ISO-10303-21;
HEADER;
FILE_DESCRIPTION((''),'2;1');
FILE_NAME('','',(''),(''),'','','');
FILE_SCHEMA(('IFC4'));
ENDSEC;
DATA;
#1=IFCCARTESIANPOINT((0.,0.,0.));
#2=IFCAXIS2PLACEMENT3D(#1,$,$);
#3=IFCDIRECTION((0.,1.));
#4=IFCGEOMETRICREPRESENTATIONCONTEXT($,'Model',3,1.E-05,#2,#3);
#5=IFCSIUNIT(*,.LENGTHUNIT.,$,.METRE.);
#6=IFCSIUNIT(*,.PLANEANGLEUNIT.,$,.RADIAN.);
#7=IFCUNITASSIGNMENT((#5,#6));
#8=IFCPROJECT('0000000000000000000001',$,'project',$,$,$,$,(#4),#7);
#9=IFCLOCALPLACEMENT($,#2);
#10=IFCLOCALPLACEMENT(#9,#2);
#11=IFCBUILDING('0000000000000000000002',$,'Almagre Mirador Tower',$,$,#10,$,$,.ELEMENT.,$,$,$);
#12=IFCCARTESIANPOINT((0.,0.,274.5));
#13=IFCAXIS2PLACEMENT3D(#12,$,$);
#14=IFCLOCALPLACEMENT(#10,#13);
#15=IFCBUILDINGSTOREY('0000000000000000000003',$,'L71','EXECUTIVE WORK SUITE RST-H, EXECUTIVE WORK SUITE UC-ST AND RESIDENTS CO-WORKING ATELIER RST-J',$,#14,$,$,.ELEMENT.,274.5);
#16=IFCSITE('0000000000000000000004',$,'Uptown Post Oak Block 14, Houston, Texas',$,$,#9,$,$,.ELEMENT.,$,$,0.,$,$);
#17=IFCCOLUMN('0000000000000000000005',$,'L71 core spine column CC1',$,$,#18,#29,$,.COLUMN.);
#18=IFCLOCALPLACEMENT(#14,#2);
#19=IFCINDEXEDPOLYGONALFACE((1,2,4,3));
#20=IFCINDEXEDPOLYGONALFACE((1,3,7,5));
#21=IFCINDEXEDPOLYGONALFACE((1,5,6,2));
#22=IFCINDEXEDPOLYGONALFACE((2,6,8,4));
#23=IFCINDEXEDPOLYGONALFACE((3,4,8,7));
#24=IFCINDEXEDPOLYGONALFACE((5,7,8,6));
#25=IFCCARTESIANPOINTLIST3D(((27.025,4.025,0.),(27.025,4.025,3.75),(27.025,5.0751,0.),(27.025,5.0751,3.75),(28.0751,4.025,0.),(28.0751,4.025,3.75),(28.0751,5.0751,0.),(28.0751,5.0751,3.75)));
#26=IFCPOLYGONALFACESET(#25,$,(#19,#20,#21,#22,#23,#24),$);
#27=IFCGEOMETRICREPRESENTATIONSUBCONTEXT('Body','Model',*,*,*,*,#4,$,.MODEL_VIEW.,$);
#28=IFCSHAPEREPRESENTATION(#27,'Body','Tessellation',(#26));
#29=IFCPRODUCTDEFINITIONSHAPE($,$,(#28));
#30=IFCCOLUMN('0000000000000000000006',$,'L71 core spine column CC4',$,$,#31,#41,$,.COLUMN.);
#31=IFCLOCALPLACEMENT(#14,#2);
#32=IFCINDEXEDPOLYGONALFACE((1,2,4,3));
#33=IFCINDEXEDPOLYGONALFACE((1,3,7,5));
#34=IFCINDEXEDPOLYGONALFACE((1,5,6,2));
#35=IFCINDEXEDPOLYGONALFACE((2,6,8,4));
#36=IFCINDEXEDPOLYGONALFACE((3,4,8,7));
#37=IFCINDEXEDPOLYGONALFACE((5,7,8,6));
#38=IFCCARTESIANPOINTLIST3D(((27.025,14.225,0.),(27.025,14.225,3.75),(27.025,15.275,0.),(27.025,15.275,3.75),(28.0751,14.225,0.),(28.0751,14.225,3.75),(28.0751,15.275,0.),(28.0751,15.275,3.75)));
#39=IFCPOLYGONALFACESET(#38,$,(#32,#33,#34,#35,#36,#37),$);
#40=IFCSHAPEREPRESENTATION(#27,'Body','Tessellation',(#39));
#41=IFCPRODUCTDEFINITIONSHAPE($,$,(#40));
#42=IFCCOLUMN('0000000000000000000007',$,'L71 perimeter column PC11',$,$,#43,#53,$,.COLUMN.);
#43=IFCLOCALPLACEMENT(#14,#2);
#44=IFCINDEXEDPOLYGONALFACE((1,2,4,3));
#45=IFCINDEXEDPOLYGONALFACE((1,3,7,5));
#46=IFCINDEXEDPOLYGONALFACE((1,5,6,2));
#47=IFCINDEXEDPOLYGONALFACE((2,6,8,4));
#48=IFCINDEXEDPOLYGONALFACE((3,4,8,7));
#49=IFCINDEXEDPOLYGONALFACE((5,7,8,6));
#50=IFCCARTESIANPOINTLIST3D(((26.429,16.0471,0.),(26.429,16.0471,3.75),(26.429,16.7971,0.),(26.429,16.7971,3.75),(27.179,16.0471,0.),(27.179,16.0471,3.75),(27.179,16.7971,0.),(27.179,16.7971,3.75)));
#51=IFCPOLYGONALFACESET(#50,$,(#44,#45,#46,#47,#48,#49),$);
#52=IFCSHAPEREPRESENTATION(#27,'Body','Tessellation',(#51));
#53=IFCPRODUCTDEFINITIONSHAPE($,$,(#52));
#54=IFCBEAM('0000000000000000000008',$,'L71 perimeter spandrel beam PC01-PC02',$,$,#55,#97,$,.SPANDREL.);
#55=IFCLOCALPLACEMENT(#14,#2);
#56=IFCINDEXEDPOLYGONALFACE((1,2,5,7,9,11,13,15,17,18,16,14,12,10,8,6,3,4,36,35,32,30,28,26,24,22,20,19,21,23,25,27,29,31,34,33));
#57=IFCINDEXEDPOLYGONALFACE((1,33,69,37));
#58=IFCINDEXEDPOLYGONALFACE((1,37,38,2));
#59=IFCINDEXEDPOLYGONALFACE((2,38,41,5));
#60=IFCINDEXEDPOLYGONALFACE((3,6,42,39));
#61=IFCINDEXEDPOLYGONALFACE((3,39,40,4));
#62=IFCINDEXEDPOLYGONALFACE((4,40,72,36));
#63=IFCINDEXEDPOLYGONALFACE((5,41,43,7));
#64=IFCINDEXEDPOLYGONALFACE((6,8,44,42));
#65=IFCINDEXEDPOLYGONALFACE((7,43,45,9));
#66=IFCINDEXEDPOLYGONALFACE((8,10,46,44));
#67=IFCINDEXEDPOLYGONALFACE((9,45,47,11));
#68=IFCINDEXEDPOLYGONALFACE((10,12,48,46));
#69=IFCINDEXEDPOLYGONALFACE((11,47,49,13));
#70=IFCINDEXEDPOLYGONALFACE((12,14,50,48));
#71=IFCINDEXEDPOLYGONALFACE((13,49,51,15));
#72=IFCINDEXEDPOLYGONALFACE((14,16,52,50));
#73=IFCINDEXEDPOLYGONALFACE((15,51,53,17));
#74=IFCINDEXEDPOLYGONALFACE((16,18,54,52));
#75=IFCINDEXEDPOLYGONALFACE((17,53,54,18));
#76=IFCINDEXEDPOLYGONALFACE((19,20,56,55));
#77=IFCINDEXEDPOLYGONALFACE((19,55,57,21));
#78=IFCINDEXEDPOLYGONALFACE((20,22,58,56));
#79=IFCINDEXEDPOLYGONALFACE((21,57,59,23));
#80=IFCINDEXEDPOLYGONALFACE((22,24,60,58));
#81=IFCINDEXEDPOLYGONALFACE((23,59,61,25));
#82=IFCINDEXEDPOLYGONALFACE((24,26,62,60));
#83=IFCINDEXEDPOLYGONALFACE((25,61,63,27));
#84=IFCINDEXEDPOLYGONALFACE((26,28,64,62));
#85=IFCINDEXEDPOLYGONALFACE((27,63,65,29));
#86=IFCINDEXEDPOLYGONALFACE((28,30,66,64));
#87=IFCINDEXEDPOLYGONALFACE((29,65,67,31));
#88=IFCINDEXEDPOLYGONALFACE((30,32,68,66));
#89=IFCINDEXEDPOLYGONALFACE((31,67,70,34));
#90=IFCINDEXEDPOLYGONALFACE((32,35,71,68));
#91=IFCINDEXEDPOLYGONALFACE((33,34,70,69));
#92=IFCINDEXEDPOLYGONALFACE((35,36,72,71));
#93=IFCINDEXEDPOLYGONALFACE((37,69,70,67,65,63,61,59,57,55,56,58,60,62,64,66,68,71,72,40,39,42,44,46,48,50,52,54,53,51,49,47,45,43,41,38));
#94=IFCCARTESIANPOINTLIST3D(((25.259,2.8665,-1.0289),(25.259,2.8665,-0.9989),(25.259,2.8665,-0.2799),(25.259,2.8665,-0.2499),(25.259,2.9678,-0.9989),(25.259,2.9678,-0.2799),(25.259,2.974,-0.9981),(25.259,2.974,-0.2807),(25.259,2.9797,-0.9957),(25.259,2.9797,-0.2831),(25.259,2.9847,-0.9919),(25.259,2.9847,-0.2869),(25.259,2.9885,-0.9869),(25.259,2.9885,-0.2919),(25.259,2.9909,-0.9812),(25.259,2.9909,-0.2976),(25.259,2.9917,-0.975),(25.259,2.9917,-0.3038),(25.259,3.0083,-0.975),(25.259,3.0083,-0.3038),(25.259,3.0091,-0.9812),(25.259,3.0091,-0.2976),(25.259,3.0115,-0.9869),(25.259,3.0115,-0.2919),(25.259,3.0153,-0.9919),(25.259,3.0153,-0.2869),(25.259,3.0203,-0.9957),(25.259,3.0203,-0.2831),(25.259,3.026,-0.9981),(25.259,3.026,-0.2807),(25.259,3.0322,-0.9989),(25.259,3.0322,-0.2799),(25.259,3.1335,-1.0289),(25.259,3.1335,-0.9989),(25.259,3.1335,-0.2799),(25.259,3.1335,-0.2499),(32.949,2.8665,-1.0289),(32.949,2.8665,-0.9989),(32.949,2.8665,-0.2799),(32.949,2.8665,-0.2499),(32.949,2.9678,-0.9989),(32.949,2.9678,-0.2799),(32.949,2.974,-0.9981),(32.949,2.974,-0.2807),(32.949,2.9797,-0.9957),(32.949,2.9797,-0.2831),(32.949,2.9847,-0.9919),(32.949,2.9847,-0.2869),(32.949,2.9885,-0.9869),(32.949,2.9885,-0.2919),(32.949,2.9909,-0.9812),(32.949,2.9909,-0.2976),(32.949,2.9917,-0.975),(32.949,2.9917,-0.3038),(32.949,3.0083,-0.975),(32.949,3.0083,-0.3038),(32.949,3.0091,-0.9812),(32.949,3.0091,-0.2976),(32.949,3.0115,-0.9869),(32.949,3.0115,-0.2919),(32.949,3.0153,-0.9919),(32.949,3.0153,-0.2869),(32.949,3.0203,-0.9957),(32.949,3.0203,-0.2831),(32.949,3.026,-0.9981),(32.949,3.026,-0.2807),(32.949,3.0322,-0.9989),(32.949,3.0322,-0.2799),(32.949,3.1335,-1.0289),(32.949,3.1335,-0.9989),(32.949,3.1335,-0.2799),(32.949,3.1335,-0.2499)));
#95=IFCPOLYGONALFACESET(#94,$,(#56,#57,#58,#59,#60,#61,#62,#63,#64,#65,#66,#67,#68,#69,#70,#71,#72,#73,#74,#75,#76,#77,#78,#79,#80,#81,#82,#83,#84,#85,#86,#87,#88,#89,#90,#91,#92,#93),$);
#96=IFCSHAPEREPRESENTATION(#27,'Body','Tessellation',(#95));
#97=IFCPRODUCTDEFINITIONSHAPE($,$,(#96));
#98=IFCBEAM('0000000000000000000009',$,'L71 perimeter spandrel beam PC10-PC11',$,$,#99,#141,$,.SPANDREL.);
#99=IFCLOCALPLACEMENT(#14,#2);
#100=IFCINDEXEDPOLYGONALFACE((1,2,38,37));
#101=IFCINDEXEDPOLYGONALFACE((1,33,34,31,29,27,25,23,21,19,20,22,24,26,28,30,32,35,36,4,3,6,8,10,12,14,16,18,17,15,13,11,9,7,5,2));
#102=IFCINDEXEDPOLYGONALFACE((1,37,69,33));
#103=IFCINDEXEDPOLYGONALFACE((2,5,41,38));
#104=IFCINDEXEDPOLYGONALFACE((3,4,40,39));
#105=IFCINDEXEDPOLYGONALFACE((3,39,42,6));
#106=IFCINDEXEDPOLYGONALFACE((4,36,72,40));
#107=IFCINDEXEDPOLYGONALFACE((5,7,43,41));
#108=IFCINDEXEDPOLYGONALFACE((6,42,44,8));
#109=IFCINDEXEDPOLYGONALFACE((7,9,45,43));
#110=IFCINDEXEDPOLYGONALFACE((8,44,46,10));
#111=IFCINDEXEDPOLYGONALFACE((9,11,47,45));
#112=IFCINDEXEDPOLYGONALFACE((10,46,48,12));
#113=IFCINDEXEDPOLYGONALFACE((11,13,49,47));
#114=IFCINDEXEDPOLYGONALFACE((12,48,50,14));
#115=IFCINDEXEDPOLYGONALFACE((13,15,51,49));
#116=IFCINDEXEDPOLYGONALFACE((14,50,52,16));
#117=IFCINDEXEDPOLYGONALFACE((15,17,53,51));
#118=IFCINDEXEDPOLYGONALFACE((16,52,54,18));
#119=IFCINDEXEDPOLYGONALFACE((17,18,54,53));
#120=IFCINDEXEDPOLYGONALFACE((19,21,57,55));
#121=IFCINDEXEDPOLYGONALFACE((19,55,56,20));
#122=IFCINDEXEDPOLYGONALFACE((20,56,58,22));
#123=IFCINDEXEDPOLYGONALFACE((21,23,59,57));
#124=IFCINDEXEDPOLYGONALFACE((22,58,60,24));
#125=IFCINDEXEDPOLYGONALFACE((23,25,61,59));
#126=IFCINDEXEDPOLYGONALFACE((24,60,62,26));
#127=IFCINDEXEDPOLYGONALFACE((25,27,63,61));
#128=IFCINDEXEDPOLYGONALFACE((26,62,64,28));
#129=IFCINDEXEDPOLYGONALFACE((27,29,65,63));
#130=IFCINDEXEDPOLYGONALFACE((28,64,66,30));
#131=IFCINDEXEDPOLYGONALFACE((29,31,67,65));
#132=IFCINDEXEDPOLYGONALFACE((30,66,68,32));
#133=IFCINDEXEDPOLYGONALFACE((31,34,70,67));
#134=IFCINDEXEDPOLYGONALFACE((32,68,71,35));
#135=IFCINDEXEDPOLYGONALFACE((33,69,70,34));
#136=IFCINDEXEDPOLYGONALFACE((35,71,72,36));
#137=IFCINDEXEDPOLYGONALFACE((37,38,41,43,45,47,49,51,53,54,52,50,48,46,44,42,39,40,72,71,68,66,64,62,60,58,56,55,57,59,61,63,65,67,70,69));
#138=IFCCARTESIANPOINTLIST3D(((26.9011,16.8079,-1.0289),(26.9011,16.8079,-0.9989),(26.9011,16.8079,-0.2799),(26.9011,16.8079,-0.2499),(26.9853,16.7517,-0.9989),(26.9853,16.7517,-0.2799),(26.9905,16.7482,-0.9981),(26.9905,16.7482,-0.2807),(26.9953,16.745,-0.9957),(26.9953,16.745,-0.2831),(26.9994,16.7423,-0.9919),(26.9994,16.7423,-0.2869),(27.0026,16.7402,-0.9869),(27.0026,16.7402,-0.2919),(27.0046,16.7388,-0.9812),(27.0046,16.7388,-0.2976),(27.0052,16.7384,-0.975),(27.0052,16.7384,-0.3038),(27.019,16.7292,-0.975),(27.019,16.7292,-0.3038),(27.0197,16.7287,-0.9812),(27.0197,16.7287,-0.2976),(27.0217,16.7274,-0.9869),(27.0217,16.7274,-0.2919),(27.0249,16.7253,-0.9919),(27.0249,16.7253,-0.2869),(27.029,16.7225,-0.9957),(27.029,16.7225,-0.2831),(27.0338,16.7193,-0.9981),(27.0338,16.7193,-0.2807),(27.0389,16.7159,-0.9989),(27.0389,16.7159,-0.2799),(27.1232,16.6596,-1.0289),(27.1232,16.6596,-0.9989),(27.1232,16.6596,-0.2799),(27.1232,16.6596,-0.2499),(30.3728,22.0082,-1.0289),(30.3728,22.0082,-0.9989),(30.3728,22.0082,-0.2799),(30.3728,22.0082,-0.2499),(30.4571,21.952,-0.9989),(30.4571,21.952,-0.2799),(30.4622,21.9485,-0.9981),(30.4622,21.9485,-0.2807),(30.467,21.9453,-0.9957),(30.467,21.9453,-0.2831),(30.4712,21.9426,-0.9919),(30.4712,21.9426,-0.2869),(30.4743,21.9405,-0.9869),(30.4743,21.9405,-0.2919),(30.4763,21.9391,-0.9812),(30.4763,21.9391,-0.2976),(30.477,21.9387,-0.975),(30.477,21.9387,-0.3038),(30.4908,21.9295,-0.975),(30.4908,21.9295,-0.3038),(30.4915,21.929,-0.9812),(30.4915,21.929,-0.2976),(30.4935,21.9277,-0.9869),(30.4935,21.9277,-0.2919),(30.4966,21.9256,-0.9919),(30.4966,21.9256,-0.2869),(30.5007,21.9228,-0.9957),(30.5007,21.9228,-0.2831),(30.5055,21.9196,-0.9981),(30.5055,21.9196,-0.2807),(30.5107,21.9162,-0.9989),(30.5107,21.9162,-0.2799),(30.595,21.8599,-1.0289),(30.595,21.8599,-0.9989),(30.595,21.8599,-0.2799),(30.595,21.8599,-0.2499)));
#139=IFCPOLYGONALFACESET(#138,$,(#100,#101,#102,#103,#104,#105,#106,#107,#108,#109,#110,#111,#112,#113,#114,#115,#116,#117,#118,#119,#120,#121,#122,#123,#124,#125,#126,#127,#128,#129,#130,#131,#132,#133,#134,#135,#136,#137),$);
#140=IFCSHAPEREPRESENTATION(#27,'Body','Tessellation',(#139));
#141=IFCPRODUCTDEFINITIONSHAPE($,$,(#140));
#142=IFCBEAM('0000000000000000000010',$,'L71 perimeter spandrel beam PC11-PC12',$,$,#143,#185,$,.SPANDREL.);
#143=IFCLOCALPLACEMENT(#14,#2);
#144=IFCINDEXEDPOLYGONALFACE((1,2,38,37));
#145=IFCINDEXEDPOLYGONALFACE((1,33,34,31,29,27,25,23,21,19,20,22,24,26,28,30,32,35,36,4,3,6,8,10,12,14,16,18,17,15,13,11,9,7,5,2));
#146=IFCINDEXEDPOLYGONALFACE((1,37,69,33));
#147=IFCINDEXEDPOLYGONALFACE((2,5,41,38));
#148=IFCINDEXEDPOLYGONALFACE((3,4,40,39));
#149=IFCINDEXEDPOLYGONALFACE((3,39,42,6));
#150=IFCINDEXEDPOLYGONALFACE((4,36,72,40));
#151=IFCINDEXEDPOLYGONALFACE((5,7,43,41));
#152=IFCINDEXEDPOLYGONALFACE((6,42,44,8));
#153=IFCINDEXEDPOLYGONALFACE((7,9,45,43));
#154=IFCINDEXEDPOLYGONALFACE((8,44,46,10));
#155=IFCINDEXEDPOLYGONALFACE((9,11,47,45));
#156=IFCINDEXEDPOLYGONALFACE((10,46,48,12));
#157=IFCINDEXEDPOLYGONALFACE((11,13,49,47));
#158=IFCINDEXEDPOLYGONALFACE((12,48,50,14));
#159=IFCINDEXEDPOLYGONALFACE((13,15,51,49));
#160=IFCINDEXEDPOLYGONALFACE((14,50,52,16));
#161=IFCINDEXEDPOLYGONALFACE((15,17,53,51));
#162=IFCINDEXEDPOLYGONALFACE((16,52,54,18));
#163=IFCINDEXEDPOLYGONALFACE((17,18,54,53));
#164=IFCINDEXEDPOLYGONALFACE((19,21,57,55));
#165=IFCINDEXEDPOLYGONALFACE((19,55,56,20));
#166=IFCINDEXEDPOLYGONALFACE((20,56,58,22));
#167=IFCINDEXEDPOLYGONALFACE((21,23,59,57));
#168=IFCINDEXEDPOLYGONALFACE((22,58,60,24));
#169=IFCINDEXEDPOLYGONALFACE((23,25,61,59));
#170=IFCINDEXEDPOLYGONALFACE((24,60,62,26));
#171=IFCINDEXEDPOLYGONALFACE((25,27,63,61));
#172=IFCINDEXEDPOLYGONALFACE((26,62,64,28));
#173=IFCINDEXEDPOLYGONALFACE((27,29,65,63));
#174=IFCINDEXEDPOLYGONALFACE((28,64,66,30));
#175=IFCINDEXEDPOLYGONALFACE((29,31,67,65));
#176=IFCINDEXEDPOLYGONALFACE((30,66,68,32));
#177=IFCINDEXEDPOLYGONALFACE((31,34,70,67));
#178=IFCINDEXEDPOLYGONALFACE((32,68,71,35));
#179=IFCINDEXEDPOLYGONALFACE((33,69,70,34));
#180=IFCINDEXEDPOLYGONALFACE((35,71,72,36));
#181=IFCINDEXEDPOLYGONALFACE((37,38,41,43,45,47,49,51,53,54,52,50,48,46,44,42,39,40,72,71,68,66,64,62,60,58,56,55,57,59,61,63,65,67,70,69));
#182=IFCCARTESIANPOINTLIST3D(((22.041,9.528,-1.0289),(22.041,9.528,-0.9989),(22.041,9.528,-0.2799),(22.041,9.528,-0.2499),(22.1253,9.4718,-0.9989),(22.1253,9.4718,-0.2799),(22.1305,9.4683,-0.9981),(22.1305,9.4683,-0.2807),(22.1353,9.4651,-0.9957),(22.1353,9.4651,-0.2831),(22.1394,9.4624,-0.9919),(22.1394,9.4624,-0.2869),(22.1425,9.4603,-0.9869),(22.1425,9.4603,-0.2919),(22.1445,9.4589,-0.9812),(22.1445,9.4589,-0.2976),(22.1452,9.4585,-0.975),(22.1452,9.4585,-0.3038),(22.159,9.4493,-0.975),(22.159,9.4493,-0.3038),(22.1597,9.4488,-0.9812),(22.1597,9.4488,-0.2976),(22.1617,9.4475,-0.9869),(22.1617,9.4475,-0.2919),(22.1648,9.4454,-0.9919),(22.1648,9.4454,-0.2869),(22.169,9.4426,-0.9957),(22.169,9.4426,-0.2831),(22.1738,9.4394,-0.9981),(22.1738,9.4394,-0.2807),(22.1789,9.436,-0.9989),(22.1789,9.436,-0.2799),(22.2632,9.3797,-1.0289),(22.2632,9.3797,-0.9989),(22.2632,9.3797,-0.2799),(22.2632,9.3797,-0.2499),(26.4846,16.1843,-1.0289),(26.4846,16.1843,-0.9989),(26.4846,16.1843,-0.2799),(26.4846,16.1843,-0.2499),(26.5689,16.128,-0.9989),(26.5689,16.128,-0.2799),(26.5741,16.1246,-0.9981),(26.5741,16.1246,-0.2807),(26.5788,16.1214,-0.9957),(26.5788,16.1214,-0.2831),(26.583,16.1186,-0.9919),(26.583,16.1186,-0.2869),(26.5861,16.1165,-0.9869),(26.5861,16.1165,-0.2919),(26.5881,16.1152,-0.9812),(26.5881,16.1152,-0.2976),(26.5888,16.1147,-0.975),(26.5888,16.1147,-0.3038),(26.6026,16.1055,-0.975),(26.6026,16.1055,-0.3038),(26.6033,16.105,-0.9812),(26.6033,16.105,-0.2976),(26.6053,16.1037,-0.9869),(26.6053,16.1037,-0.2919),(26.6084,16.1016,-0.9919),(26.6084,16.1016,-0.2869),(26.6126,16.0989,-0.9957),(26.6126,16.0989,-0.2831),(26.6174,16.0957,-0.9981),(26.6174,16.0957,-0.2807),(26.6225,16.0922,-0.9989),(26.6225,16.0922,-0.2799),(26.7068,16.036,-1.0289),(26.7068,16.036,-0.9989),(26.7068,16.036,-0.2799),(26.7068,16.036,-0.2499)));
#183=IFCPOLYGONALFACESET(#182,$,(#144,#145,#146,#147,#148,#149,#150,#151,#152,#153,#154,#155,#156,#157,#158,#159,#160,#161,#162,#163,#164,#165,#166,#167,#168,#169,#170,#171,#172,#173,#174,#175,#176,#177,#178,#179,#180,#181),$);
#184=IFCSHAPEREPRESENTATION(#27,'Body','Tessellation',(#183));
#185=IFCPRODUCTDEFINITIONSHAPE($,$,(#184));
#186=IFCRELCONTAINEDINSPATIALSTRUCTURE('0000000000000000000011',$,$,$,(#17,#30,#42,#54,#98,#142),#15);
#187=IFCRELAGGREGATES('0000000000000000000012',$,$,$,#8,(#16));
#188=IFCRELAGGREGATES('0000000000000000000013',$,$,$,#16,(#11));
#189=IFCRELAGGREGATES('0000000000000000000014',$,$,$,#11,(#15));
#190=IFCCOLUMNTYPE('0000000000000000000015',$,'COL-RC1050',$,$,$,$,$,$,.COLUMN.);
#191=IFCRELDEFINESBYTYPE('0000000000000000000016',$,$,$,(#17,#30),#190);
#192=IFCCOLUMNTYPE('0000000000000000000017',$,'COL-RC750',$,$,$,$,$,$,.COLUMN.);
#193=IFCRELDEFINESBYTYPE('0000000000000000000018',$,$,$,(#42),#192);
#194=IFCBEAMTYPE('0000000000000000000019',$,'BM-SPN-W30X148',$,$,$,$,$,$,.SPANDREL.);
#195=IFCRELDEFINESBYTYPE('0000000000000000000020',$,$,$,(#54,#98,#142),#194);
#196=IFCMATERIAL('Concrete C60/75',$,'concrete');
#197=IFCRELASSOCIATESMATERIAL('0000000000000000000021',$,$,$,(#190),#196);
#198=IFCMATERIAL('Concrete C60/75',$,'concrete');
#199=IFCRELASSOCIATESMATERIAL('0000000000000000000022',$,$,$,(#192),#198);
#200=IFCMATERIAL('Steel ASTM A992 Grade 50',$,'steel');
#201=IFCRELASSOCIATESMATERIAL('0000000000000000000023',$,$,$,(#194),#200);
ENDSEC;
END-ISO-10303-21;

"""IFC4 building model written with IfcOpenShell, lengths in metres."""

from ifc_helpers import new_model, si_unit, direction, frame, origin, origin_2d, place, context, subcontext, project, spatial, rectangle, i_section, extrude, material, material_profile, profile_set, type_object, element, save


model = new_model("IFC4")

# Units and contexts
model_context = context("Model", 3, precision=1e-05, world=origin(), true_north=direction((0.0, 1.0)))
body_context = subcontext(model_context, "Body", "Model", "MODEL_VIEW")
ifc_project = project(units=[si_unit("LENGTHUNIT", "METRE"), si_unit("PLANEANGLEUNIT", "RADIAN")], contexts=[model_context])

# Site, building, storey
site_placement = place(None, origin())
site = spatial("IfcSite", under=ifc_project, at=site_placement, Name="Uptown Post Oak Block 14, Houston, Texas", CompositionType="ELEMENT", RefElevation=0.0)
building_placement = place(site_placement, origin())
building = spatial("IfcBuilding", under=site, at=building_placement, Name="Almagre Mirador Tower", CompositionType="ELEMENT")
storey_placement = place(building_placement, frame((0.0, 0.0, 274.5)))
storey = spatial("IfcBuildingStorey", under=building, at=storey_placement, Name="L71", Description="EXECUTIVE WORK SUITE RST-H, EXECUTIVE WORK SUITE UC-ST AND RESIDENTS CO-WORKING ATELIER RST-J", CompositionType="ELEMENT", Elevation=274.5)

# Columns
ifc_material_1 = material(Name="Concrete C60/75", Category="concrete")
ifc_material_profile_1 = material_profile(ifc_material_1, rectangle(XDim=1.05, YDim=1.05, at=origin_2d()), Name="RC1050X1050")
ifc_profile_set_1 = profile_set([ifc_material_profile_1], Name="Concrete C60/75")
column_type_1 = type_object("IfcColumnType", Name="COL-RC1050", PredefinedType="COLUMN", material=ifc_profile_set_1)
for number, where, z_axis, x_axis, name in (
    (1, (27.55, 4.55, 0.0), (0.0, 0.0, 1.0), (1.0, 0.0, 0.0), "L71 core spine column CC1"),
    (2, (27.55, 14.75, 0.0), (0.0, 0.0, 1.0), (1.0, 0.0, 0.0), "L71 core spine column CC4"),
):
    element("IfcColumn", number, at=place(storey_placement, frame(where, z_axis=z_axis, x_axis=x_axis)), inside=storey, type_object=column_type_1, Name=name, PredefinedType="COLUMN", context=body_context, shape_type="SweptSolid", body=[
        extrude(rectangle(XDim=1.05, YDim=1.05, at=origin_2d()), origin(), (0.0, 0.0, 1.0), 3.75),
    ])
ifc_material_2 = material(Name="Concrete C60/75", Category="concrete")
ifc_material_profile_2 = material_profile(ifc_material_2, rectangle(XDim=0.75, YDim=0.75, at=origin_2d()), Name="RC750X750")
ifc_profile_set_2 = profile_set([ifc_material_profile_2], Name="Concrete C60/75")
column_type_2 = type_object("IfcColumnType", Name="COL-RC750", PredefinedType="COLUMN", material=ifc_profile_set_2)
column_placement = place(storey_placement, frame((26.804, 16.4221, 0.0), z_axis=(0.0, 0.0, 1.0), x_axis=(1.0, 0.0, 0.0)))
element("IfcColumn", 3, at=column_placement, inside=storey, type_object=column_type_2, Name="L71 perimeter column PC11", PredefinedType="COLUMN", context=body_context, shape_type="SweptSolid", body=[
    extrude(rectangle(XDim=0.75, YDim=0.75, at=origin_2d()), origin(), (0.0, 0.0, 1.0), 3.75),
])

# Beams
ifc_material_3 = material(Name="Steel ASTM A992 Grade 50", Category="steel")
ifc_material_profile_3 = material_profile(ifc_material_3, i_section(OverallWidth=0.2671, OverallDepth=0.7791, WebThickness=0.0166, FlangeThickness=0.03, FilletRadius=0.0239, at=origin_2d()), Name="W30X148")
ifc_profile_set_3 = profile_set([ifc_material_profile_3], Name="Steel ASTM A992 Grade 50")
beam_type_1 = type_object("IfcBeamType", Name="BM-SPN-W30X148", PredefinedType="SPANDREL", material=ifc_profile_set_3)
beam_1_placement = place(storey_placement, frame((25.259, 3.0, -0.6394), z_axis=(1.0, 0.0, 0.0), x_axis=(0.0, 1.0, 0.0)))
element("IfcBeam", 4, at=beam_1_placement, inside=storey, type_object=beam_type_1, Name="L71 perimeter spandrel beam PC01-PC02", PredefinedType="SPANDREL", context=body_context, shape_type="SweptSolid", body=[
    extrude(i_section(OverallWidth=0.2671, OverallDepth=0.7791, WebThickness=0.0166, FlangeThickness=0.03, FilletRadius=0.0239, at=origin_2d()), origin(), (0.0, 0.0, 1.0), 7.6899),
])
beam_2_placement = place(storey_placement, frame((30.4839, 21.9341, -0.6394), z_axis=(-0.555241, -0.83169, 0.0), x_axis=(0.83169, -0.555241, 0.0)))
element("IfcBeam", 5, at=beam_2_placement, inside=storey, type_object=beam_type_1, Name="L71 perimeter spandrel beam PC10-PC11", PredefinedType="SPANDREL", context=body_context, shape_type="SweptSolid", body=[
    extrude(i_section(OverallWidth=0.2671, OverallDepth=0.7791, WebThickness=0.0166, FlangeThickness=0.03, FilletRadius=0.0239, at=origin_2d()), origin(), (0.0, 0.0, 1.0), 6.2527),
])
beam_3_placement = place(storey_placement, frame((26.5957, 16.1101, -0.6394), z_axis=(-0.555228, -0.831698, 0.0), x_axis=(0.831698, -0.555228, 0.0)))
element("IfcBeam", 6, at=beam_3_placement, inside=storey, type_object=beam_type_1, Name="L71 perimeter spandrel beam PC11-PC12", PredefinedType="SPANDREL", context=body_context, shape_type="SweptSolid", body=[
    extrude(i_section(OverallWidth=0.2671, OverallDepth=0.7791, WebThickness=0.0166, FlangeThickness=0.03, FilletRadius=0.0239, at=origin_2d()), origin(), (0.0, 0.0, 1.0), 8.0032),
])

save(model, "model.ifc")
